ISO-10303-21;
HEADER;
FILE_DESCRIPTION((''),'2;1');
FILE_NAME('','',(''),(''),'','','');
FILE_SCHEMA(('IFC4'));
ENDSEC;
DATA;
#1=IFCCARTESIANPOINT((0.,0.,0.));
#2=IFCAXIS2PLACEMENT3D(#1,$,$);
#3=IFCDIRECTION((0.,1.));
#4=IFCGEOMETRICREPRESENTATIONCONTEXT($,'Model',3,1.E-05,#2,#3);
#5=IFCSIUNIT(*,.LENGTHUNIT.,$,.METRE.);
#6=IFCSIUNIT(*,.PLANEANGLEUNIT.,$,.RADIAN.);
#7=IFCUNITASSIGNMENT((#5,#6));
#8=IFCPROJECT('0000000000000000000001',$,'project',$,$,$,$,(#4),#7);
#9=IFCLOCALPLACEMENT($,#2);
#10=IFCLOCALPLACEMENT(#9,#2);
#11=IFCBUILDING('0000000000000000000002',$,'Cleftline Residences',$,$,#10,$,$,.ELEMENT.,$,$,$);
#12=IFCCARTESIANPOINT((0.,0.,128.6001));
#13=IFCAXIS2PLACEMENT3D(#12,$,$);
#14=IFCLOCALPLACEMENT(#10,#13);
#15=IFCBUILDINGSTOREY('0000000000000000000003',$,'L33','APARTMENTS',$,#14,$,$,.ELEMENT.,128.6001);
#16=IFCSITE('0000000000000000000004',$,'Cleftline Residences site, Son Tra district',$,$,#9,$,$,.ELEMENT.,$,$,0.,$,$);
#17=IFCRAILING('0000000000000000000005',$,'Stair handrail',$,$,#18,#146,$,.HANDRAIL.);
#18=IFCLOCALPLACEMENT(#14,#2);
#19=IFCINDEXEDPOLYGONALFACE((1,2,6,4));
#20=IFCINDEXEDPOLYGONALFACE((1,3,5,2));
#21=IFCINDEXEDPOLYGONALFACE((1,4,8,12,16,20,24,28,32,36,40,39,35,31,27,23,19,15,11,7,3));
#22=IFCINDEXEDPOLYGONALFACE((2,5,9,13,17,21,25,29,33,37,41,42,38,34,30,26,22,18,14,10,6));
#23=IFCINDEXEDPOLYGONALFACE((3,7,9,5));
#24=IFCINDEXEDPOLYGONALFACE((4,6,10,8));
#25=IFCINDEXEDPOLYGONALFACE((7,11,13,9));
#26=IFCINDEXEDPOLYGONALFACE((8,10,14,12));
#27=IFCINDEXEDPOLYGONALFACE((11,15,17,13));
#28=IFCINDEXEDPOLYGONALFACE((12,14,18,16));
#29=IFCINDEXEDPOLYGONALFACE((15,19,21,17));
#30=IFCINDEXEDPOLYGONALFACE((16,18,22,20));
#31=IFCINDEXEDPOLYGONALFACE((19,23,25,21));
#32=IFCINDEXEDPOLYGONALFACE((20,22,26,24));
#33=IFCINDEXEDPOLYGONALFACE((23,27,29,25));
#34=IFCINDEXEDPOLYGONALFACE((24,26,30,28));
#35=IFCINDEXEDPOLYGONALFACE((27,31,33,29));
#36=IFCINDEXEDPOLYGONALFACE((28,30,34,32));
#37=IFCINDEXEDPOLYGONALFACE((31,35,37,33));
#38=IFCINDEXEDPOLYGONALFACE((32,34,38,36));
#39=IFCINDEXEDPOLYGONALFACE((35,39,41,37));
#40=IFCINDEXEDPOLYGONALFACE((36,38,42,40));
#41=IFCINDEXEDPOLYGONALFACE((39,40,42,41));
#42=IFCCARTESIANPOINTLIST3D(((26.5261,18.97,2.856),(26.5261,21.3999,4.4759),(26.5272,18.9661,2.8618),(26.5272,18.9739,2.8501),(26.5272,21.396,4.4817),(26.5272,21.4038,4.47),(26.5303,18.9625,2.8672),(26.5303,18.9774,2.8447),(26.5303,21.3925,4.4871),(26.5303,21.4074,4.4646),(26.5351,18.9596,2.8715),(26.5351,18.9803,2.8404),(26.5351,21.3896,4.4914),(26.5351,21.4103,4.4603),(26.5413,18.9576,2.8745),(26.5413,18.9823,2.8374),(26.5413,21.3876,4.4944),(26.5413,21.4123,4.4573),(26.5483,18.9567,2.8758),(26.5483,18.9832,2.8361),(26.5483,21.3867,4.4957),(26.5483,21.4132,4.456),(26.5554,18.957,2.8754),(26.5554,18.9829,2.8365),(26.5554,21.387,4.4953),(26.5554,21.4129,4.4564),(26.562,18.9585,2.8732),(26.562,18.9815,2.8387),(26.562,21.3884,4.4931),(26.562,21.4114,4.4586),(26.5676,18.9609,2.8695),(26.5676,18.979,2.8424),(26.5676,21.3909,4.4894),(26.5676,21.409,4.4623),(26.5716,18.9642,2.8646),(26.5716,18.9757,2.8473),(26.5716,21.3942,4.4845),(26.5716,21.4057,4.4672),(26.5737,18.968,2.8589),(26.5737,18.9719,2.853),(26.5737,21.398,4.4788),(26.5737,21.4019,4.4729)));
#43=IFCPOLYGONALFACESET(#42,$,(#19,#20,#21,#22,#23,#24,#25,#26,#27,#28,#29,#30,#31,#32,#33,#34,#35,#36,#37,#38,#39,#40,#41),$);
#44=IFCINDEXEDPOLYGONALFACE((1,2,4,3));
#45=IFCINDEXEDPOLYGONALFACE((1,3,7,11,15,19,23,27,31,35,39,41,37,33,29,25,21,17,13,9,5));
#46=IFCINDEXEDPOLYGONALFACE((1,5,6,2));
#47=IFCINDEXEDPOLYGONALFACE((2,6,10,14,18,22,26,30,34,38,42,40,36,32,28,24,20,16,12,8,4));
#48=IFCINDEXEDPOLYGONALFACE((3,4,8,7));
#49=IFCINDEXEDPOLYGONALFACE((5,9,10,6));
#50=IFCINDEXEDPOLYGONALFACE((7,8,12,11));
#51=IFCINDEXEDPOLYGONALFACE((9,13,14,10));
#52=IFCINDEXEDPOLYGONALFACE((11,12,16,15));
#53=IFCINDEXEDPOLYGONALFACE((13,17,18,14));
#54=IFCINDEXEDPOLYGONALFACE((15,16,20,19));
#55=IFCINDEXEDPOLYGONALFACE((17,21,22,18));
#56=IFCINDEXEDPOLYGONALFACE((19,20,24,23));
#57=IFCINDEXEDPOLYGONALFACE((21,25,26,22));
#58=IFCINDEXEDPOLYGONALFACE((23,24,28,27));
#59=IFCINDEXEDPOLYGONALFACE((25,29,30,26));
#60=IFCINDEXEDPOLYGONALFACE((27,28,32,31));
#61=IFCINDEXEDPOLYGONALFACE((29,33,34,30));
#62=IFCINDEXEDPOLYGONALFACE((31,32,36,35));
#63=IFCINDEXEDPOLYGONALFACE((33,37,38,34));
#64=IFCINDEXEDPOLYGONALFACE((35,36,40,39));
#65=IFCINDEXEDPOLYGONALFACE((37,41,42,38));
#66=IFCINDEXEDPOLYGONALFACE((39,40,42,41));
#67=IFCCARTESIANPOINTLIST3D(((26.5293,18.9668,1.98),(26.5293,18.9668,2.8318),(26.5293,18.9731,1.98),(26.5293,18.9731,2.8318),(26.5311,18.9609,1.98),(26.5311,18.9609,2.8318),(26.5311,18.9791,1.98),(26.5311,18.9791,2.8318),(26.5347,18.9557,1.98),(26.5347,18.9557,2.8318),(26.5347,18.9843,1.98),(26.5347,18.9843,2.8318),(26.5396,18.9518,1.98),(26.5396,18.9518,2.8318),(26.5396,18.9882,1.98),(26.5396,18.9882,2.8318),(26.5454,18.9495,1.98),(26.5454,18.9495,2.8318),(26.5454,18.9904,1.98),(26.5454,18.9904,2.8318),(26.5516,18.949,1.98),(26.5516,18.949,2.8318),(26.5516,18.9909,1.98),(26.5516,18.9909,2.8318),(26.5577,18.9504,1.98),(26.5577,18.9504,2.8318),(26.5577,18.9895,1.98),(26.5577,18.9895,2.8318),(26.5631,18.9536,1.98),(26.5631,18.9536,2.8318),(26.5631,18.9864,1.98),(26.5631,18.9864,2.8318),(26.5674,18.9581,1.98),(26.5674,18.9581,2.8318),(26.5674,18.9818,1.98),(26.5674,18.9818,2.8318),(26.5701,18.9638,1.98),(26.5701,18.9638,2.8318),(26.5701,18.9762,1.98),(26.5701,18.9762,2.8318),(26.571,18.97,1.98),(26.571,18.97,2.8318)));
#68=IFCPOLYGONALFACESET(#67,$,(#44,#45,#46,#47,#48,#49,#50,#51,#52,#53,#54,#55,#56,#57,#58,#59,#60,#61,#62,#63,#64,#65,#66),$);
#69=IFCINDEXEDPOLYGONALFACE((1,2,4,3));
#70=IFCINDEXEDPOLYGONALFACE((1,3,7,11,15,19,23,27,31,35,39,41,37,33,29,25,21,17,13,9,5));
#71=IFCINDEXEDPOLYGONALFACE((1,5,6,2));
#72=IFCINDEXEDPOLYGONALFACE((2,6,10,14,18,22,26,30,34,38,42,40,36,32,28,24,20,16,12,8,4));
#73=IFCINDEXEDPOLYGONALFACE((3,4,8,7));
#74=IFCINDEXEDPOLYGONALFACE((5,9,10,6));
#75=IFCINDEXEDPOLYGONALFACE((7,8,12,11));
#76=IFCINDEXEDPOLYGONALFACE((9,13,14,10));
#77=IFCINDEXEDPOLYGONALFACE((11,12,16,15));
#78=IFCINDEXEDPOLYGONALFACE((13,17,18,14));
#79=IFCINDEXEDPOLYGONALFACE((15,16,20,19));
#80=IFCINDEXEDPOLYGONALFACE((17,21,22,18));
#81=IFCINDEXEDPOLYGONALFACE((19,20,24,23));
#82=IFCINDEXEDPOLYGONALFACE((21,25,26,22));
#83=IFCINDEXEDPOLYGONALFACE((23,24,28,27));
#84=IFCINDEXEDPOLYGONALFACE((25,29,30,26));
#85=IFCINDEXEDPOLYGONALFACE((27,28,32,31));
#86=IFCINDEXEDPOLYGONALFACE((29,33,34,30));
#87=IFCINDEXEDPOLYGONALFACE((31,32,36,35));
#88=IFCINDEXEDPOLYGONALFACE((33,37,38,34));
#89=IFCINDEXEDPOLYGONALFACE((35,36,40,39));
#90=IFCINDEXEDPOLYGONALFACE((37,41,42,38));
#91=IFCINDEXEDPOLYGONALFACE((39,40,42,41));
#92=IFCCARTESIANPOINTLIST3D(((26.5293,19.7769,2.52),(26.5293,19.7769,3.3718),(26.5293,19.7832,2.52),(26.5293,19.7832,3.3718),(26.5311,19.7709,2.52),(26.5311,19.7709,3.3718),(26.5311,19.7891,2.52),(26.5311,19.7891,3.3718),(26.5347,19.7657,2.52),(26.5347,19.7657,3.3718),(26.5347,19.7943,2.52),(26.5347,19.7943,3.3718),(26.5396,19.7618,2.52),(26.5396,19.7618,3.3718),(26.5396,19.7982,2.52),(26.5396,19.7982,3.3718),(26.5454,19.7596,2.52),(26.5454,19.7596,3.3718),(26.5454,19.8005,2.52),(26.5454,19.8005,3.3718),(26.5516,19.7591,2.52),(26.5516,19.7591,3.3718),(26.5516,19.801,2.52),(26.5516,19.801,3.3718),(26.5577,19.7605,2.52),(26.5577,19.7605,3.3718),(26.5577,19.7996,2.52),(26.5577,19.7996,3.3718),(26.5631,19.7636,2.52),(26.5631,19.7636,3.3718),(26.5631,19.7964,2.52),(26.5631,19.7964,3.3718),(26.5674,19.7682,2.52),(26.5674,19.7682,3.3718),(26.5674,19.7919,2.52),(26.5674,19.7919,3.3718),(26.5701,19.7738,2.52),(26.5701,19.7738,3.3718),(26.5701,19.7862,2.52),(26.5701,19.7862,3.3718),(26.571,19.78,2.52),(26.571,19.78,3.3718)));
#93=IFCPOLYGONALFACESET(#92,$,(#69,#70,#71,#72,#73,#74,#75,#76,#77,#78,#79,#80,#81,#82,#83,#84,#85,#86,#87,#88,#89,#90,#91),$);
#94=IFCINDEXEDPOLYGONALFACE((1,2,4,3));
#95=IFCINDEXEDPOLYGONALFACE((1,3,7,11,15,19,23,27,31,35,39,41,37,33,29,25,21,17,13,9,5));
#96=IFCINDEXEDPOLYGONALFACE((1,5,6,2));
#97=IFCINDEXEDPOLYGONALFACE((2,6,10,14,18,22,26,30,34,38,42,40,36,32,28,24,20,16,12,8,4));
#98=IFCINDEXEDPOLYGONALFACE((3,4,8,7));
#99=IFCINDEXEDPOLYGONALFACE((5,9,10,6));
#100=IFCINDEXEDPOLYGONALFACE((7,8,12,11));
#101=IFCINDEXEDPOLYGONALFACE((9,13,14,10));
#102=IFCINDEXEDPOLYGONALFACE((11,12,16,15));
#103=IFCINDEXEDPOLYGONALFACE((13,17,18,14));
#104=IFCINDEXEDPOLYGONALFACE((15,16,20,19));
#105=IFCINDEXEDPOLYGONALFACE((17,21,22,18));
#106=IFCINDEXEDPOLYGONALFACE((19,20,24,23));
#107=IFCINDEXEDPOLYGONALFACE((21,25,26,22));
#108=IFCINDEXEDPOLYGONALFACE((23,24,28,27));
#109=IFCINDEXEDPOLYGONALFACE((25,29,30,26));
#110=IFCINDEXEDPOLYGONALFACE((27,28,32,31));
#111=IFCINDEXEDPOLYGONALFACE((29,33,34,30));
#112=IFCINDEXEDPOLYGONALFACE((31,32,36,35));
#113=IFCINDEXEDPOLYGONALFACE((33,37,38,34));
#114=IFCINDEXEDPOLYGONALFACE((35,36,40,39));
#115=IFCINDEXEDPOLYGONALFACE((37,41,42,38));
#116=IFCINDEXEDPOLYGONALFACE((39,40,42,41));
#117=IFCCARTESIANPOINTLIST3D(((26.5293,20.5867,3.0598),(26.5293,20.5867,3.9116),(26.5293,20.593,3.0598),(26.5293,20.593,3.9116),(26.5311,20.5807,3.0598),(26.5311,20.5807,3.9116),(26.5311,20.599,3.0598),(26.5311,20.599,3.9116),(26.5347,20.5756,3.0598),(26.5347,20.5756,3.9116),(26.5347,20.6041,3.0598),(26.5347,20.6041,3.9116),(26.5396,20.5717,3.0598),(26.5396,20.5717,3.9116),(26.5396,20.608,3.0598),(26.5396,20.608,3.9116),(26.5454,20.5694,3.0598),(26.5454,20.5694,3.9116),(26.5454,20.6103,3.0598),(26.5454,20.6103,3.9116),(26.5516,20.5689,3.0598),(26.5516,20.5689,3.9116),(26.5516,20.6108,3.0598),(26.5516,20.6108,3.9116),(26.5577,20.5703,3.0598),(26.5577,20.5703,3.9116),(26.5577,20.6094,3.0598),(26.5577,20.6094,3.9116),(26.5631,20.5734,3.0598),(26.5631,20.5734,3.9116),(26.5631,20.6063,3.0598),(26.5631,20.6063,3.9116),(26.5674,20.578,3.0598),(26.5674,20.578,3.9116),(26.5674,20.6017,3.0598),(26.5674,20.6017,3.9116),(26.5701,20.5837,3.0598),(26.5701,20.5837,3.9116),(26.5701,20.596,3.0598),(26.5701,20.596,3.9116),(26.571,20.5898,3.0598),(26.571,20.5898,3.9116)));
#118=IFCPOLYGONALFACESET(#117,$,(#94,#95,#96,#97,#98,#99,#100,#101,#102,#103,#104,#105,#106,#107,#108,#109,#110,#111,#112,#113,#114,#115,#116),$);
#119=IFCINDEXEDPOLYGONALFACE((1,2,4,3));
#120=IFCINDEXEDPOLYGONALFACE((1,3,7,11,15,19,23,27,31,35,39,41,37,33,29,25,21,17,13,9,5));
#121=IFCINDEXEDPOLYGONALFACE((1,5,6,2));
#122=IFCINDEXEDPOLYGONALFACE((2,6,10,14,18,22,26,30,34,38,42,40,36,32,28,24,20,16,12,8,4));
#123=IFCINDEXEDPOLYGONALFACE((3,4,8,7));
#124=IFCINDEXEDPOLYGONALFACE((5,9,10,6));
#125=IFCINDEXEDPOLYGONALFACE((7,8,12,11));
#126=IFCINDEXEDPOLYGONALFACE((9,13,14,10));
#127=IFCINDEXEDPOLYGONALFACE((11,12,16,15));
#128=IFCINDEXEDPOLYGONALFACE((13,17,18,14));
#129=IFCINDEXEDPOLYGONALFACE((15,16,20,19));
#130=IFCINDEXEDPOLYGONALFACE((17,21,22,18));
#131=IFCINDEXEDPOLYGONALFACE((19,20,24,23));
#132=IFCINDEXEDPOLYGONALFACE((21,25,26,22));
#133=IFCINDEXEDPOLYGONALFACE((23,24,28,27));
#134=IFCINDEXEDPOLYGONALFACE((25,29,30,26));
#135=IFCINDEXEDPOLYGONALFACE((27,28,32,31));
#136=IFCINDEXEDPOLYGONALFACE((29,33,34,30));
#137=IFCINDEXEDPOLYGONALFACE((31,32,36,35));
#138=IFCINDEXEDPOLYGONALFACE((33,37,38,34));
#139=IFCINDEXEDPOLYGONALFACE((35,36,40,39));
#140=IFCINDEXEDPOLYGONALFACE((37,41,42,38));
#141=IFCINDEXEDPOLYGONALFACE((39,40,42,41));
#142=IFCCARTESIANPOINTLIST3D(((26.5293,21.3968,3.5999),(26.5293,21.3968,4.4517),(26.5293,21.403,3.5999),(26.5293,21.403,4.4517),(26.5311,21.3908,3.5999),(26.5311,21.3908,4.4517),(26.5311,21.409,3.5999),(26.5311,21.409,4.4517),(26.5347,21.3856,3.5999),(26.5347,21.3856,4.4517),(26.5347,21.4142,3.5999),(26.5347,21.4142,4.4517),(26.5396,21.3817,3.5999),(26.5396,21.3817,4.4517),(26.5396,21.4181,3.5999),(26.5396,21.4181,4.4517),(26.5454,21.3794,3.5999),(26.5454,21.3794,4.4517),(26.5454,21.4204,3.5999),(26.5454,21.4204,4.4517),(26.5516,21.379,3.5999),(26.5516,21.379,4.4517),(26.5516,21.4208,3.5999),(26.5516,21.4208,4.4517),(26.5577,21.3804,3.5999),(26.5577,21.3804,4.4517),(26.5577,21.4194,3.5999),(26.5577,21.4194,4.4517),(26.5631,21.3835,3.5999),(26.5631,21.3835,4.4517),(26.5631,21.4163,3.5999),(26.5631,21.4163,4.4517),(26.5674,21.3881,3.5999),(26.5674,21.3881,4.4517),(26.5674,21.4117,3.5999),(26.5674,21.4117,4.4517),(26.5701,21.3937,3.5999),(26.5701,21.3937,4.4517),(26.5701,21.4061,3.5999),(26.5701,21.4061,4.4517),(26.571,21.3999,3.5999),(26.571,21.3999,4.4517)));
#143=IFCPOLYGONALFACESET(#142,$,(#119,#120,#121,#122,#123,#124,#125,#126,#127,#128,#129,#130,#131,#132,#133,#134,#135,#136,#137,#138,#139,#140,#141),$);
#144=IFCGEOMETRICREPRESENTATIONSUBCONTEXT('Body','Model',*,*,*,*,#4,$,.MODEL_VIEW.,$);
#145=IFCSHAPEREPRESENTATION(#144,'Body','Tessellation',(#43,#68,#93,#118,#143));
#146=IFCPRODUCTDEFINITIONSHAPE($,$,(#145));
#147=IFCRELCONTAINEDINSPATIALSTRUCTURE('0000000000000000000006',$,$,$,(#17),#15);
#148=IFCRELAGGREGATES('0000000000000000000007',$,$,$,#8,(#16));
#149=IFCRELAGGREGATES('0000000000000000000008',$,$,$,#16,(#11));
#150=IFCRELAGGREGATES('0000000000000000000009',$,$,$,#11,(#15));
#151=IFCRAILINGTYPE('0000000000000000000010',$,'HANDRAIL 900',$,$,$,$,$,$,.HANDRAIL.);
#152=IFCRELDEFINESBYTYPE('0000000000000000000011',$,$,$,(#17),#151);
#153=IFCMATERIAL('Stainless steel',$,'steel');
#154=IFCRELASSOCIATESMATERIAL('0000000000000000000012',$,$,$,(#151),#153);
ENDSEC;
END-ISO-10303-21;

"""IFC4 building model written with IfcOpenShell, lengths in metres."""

from ifc_helpers import new_model, si_unit, direction, frame, origin, origin_2d, place, context, subcontext, project, spatial, circle, extrude, material, type_object, element, save


model = new_model("IFC4")

# Units and contexts
model_context = context("Model", 3, precision=1e-05, world=origin(), true_north=direction((0.0, 1.0)))
body_context = subcontext(model_context, "Body", "Model", "MODEL_VIEW")
ifc_project = project(units=[si_unit("LENGTHUNIT", "METRE"), si_unit("PLANEANGLEUNIT", "RADIAN")], contexts=[model_context])

# Site, building, storey
site_placement = place(None, origin())
site = spatial("IfcSite", under=ifc_project, at=site_placement, Name="Cleftline Residences site, Son Tra district", CompositionType="ELEMENT", RefElevation=0.0)
building_placement = place(site_placement, origin())
building = spatial("IfcBuilding", under=site, at=building_placement, Name="Cleftline Residences", CompositionType="ELEMENT")
storey_placement = place(building_placement, frame((0.0, 0.0, 128.6001)))
storey = spatial("IfcBuildingStorey", under=building, at=storey_placement, Name="L33", Description="APARTMENTS", CompositionType="ELEMENT", Elevation=128.6001)

# Railing
ifc_material_1 = material(Name="Stainless steel", Category="steel")
railing_type = type_object("IfcRailingType", Name="HANDRAIL 900", PredefinedType="HANDRAIL", material=ifc_material_1)
railing_1_placement = place(storey_placement, frame((26.55, 18.97, 1.98)))
element("IfcRailing", 1, at=railing_1_placement, inside=storey, type_object=railing_type, Name="Stair handrail", PredefinedType="HANDRAIL", context=body_context, shape_type="SweptSolid", body=[
    extrude(circle(Radius=0.0239, at=origin_2d()), frame((0.0, 0.0, 0.876), z_axis=(0.0, 0.832063, 0.554681), x_axis=(-1.0, 0.0, 0.0)), (0.0, 0.0, 1.0), 2.9204),
    extrude(circle(Radius=0.021, at=origin_2d()), origin(), (0.0, 0.0, 1.0), 0.8518),
    extrude(circle(Radius=0.021, at=origin_2d()), frame((0.0, 0.8101, 0.54)), (0.0, 0.0, 1.0), 0.8518),
    extrude(circle(Radius=0.021, at=origin_2d()), frame((0.0, 1.6199, 1.0798)), (0.0, 0.0, 1.0), 0.8518),
    extrude(circle(Radius=0.021, at=origin_2d()), frame((0.0, 2.4299, 1.6199)), (0.0, 0.0, 1.0), 0.8518),
])

save(model, "model.ifc")
